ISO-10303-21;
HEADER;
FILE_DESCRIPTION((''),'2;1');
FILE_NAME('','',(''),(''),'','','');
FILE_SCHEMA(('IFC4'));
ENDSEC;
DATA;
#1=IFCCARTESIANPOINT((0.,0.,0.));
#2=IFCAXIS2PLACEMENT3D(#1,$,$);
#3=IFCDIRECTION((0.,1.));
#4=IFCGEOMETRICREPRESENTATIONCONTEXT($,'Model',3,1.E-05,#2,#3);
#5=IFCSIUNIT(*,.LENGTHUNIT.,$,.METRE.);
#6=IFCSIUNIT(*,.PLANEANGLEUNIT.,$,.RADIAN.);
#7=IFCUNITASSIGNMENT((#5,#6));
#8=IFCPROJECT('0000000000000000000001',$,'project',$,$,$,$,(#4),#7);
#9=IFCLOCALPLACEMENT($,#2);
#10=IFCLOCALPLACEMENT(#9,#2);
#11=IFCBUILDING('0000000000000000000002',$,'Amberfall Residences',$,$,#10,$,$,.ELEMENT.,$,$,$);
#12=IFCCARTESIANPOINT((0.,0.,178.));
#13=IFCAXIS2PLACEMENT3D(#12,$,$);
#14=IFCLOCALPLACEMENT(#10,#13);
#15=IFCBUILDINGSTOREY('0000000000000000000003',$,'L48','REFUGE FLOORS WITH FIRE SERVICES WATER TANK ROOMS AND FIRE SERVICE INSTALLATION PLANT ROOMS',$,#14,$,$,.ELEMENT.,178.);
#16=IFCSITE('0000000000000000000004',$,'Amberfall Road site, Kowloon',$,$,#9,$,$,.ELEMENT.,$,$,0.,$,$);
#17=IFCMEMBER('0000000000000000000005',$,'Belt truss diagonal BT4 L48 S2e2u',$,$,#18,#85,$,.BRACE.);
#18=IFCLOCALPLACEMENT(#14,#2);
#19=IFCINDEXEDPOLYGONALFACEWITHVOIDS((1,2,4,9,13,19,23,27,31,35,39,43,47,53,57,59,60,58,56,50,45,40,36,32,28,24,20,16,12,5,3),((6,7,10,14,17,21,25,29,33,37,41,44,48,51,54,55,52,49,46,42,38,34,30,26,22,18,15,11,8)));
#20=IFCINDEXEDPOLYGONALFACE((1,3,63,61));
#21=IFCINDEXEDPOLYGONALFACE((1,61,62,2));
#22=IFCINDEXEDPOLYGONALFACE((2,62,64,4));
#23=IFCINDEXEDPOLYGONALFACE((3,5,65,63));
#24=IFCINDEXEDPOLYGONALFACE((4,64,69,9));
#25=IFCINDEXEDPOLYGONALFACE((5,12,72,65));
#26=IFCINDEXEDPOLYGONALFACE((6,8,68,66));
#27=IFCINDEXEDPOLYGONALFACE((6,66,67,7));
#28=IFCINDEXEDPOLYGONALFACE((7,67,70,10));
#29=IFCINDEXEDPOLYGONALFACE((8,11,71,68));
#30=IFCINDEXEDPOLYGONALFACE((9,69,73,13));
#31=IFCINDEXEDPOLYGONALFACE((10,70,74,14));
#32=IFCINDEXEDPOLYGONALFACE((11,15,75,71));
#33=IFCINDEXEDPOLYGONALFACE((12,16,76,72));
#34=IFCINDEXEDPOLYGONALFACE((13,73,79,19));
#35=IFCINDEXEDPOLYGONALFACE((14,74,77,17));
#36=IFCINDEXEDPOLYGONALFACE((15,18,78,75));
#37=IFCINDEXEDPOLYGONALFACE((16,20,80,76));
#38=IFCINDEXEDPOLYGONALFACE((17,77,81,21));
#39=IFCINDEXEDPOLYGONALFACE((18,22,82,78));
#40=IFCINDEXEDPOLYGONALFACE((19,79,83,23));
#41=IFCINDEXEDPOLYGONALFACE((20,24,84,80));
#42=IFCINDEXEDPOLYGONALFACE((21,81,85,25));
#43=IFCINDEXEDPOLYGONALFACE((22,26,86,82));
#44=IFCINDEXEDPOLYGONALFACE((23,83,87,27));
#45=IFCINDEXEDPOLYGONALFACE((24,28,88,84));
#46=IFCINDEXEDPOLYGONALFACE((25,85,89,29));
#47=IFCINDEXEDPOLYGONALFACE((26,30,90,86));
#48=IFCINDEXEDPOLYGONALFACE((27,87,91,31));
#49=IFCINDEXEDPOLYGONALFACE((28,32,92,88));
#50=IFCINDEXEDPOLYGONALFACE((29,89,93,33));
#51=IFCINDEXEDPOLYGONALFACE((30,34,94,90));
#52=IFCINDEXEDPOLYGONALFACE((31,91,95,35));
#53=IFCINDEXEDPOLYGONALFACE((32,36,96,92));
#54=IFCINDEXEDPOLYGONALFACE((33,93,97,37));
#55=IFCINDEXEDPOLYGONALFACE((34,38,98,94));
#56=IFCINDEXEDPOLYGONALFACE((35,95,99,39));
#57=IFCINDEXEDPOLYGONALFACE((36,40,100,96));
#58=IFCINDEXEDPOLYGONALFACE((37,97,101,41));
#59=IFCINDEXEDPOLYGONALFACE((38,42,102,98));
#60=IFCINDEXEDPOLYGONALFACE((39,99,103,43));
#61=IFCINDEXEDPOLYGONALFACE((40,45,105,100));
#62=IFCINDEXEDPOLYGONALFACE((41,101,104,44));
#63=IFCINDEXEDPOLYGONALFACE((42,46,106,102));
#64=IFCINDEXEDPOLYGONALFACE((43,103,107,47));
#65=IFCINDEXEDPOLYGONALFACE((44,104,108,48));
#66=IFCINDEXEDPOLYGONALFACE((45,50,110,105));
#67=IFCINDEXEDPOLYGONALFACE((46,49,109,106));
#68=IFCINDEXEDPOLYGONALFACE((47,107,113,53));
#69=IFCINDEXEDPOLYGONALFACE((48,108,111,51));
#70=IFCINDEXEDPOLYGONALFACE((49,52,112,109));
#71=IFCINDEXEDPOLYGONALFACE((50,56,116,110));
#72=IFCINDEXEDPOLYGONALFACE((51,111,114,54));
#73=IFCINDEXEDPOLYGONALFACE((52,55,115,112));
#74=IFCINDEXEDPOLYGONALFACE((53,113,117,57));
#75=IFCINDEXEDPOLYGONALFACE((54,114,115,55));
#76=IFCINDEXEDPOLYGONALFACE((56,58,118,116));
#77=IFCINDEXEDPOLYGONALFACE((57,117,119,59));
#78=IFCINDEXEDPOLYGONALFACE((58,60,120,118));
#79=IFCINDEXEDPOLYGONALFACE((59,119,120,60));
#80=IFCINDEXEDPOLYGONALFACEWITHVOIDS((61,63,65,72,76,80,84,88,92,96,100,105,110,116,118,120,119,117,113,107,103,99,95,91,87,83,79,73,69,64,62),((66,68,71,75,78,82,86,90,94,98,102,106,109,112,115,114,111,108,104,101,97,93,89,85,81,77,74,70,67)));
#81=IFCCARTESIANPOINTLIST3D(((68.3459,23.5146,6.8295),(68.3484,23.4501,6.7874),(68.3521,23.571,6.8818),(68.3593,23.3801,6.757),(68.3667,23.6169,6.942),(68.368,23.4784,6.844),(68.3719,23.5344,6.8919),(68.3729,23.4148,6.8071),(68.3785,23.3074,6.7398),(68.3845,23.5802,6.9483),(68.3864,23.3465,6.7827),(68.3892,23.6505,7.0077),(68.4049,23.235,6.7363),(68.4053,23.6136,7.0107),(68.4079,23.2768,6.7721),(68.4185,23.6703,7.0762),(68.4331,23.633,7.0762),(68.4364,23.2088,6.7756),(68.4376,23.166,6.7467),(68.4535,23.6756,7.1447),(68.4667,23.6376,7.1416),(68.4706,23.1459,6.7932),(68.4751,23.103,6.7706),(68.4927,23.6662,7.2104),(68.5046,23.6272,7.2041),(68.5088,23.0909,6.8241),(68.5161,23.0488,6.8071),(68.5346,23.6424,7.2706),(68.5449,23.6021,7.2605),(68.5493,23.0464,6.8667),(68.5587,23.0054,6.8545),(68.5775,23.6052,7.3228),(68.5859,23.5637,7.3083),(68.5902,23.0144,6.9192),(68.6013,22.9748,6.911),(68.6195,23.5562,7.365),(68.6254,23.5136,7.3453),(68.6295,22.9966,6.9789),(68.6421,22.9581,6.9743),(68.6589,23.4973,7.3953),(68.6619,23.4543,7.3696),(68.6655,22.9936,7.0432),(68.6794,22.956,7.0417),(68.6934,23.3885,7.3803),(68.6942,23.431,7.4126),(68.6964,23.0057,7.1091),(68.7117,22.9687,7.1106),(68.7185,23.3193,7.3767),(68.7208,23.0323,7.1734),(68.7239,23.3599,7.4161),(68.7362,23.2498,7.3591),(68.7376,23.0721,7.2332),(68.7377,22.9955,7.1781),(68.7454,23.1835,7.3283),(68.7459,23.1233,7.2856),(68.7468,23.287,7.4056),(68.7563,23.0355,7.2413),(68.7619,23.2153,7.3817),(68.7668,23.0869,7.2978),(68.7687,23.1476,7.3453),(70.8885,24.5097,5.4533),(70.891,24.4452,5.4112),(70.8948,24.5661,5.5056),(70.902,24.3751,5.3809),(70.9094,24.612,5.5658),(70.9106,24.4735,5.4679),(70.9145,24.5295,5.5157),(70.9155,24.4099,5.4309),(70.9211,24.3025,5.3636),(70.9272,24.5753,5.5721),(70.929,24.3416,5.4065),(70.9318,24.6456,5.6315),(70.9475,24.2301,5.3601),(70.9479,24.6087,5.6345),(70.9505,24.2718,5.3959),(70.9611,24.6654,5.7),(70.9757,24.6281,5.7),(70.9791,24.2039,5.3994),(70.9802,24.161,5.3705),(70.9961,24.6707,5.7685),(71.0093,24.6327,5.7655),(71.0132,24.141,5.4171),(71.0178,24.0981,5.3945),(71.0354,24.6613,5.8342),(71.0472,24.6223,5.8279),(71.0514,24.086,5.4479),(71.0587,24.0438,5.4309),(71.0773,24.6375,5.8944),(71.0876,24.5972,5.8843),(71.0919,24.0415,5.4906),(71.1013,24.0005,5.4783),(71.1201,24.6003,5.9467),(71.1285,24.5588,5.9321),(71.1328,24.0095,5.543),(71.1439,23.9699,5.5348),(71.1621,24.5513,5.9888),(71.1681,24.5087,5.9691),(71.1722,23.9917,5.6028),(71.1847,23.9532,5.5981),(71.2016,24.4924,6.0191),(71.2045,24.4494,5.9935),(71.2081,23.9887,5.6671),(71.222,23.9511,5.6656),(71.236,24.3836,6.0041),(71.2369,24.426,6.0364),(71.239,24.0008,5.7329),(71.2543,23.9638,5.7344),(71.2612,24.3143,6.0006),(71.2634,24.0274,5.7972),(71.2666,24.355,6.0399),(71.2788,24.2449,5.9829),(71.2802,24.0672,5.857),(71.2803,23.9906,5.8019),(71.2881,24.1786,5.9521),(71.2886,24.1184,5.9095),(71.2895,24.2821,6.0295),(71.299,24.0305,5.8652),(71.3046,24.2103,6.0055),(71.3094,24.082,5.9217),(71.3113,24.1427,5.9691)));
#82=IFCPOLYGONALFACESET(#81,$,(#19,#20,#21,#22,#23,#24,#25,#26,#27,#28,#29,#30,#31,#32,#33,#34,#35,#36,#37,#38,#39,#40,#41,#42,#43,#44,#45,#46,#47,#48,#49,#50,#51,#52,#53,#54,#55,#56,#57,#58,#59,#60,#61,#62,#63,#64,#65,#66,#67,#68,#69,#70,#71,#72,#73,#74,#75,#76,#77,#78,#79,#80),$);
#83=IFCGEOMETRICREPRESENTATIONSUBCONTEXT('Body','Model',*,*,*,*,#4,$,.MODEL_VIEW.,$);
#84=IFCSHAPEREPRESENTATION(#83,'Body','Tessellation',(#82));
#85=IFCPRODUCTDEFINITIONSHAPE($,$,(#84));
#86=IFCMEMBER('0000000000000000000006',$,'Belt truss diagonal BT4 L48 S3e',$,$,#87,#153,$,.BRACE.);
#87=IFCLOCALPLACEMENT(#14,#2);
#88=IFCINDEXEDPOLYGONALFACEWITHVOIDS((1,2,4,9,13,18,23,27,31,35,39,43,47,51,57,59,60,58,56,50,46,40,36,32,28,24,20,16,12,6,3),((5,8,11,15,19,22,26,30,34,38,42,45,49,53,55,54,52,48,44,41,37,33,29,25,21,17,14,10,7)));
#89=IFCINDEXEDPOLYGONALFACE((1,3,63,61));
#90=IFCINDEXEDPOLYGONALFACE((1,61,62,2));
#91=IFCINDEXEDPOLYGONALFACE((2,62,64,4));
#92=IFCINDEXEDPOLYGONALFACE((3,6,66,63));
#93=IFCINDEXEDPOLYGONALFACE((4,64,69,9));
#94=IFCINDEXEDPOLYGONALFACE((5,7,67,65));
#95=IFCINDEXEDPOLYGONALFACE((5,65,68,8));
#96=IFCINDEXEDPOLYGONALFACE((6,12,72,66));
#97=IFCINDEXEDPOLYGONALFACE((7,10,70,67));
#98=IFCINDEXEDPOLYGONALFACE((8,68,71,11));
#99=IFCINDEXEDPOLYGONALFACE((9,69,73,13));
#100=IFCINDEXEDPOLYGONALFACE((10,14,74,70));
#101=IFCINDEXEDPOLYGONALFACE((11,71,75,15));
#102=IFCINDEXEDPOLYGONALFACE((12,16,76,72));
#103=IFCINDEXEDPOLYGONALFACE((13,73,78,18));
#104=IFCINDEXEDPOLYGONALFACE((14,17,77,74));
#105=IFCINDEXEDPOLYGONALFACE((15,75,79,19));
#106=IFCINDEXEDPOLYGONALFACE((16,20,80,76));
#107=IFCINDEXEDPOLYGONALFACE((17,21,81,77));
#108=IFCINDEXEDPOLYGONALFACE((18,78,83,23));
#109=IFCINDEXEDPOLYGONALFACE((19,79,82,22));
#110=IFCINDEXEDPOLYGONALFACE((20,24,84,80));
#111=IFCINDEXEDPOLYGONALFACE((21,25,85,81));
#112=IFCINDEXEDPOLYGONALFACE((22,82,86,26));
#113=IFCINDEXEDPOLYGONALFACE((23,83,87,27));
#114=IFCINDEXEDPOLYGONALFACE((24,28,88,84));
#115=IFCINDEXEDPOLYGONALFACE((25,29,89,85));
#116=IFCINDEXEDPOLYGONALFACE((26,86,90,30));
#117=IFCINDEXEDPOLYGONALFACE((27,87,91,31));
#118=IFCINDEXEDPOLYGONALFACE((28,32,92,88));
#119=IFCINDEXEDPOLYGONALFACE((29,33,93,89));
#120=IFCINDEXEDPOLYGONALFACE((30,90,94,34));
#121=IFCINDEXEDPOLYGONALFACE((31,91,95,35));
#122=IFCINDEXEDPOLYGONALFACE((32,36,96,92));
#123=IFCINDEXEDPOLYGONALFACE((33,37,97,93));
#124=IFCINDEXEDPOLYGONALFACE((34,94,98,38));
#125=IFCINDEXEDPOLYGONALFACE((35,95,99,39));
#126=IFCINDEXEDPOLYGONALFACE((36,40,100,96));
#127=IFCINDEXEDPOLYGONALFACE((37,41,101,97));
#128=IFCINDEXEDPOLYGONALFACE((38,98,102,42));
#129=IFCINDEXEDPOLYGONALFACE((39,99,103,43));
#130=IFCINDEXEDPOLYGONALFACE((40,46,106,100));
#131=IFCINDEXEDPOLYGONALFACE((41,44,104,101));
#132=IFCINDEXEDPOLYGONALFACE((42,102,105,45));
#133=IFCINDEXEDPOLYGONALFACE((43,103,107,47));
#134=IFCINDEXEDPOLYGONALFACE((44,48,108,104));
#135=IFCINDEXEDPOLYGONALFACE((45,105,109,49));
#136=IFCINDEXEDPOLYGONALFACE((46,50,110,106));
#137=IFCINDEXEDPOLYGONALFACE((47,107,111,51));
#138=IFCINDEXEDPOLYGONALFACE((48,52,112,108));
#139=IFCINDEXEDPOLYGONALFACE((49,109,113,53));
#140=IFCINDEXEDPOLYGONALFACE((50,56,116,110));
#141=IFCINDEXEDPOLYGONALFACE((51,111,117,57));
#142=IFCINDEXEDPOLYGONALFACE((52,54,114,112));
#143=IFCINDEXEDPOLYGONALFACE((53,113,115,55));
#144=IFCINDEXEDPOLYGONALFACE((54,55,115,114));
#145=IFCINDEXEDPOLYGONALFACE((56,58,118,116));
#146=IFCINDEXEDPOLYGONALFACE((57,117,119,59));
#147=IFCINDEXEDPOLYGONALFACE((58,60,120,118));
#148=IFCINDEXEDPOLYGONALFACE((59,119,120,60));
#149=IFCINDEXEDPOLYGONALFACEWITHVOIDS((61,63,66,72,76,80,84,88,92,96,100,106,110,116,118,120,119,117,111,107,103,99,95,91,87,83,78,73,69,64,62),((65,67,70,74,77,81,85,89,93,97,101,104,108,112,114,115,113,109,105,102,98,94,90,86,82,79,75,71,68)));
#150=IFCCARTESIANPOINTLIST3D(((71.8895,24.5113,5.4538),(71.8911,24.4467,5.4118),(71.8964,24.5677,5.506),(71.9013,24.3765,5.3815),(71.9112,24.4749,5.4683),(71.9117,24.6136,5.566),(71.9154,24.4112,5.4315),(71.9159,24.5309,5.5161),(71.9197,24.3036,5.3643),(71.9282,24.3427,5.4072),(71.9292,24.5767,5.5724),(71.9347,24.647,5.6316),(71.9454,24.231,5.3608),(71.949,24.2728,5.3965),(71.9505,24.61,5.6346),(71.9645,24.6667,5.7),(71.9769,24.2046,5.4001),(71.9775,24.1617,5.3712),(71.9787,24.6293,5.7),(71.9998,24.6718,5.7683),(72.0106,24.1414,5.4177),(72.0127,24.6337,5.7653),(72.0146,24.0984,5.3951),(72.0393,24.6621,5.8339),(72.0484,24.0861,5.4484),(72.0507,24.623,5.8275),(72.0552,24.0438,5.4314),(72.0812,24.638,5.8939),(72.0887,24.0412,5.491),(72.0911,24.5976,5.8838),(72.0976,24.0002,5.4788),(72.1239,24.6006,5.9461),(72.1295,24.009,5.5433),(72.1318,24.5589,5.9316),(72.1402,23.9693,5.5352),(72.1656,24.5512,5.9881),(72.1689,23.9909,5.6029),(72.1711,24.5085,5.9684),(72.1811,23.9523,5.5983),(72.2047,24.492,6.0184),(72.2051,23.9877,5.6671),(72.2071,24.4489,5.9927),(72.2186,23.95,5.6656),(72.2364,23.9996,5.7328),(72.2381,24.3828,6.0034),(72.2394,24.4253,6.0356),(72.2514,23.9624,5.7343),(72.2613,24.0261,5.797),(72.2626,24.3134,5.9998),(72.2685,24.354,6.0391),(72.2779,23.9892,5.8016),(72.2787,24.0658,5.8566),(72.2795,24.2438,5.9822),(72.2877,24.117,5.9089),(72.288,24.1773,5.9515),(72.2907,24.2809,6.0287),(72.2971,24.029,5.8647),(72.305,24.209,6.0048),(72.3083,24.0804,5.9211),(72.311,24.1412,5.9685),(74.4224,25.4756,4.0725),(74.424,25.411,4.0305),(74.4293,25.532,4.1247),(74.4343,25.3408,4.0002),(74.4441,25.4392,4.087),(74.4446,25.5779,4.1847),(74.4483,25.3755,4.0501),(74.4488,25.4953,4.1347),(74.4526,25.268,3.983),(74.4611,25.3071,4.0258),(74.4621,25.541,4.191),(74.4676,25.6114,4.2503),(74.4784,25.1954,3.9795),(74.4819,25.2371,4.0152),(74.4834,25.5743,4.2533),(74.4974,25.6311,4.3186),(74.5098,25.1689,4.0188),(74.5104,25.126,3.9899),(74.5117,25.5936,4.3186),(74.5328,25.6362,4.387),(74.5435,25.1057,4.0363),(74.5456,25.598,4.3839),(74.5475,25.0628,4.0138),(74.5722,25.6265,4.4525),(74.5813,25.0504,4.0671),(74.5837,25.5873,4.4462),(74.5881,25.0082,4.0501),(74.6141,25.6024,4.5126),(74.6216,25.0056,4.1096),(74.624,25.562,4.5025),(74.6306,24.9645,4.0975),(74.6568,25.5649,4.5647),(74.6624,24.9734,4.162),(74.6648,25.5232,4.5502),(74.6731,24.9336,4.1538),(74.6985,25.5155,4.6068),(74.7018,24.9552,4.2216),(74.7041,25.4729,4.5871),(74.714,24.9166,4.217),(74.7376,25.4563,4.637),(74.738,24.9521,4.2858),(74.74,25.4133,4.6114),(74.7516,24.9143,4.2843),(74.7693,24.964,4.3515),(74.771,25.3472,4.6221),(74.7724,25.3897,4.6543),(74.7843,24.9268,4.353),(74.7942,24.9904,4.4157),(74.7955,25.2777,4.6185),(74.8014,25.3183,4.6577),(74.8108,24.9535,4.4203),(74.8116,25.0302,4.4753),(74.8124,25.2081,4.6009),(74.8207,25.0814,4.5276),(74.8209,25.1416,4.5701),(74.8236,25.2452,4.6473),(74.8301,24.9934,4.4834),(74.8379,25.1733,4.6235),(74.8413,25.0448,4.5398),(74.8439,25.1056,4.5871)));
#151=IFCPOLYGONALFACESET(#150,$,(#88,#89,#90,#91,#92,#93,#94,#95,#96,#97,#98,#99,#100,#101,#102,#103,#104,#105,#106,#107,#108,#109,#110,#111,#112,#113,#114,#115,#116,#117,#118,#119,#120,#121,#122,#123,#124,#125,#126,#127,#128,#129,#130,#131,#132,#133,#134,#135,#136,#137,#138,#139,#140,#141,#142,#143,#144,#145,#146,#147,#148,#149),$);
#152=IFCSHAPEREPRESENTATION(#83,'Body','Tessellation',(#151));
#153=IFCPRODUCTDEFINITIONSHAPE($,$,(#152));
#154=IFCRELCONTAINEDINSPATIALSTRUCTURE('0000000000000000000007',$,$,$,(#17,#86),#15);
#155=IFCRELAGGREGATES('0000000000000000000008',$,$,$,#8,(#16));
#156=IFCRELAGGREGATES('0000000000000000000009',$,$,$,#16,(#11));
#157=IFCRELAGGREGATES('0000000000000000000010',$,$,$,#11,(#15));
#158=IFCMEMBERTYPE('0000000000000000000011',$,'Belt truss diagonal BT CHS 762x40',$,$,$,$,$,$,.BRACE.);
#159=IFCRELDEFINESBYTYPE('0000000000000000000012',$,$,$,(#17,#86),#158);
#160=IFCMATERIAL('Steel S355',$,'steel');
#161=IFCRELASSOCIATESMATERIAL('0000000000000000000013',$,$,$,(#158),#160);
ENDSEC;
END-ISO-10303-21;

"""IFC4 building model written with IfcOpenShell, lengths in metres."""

from ifc_helpers import new_model, si_unit, direction, frame, origin, origin_2d, place, context, subcontext, project, spatial, hollow_circle, extrude, material, material_profile, profile_set, type_object, element, save


model = new_model("IFC4")

# Units and contexts
model_context = context("Model", 3, precision=1e-05, world=origin(), true_north=direction((0.0, 1.0)))
body_context = subcontext(model_context, "Body", "Model", "MODEL_VIEW")
ifc_project = project(units=[si_unit("LENGTHUNIT", "METRE"), si_unit("PLANEANGLEUNIT", "RADIAN")], contexts=[model_context])

# Site, building, storey
site_placement = place(None, origin())
site = spatial("IfcSite", under=ifc_project, at=site_placement, Name="Amberfall Road site, Kowloon", CompositionType="ELEMENT", RefElevation=0.0)
building_placement = place(site_placement, origin())
building = spatial("IfcBuilding", under=site, at=building_placement, Name="Amberfall Residences", CompositionType="ELEMENT")
storey_placement = place(building_placement, frame((0.0, 0.0, 178.0)))
storey = spatial("IfcBuildingStorey", under=building, at=storey_placement, Name="L48", Description="REFUGE FLOORS WITH FIRE SERVICES WATER TANK ROOMS AND FIRE SERVICE INSTALLATION PLANT ROOMS", CompositionType="ELEMENT", Elevation=178.0)

# Shared definitions
ifc_material_1 = material(Name="Steel S355", Category="steel")

# Members
ifc_material_profile_1 = material_profile(ifc_material_1, hollow_circle(Radius=0.3811, WallThickness=0.04, at=origin_2d()), Name="CHS 762x40")
ifc_profile_set_1 = profile_set([ifc_material_profile_1], Name="Steel S355")
member_type_1 = type_object("IfcMemberType", Name="Belt truss diagonal BT CHS 762x40", PredefinedType="BRACE", material=ifc_profile_set_1)
member_1_placement = place(storey_placement, frame((68.5574, 23.3154, 7.0762), z_axis=(0.831574, 0.325444, -0.45008), x_axis=(-0.364443, 0.931226, 0.0)))
element("IfcMember", 1, at=member_1_placement, inside=storey, type_object=member_type_1, Name="Belt truss diagonal BT4 L48 S2e2u", PredefinedType="BRACE", context=body_context, shape_type="SweptSolid", body=[
    extrude(hollow_circle(Radius=0.3811, WallThickness=0.04, at=origin_2d()), origin(), (0.0, 0.0, 1.0), 3.0576),
])
member_2_placement = place(storey_placement, frame((72.1001, 24.3105, 5.7), z_axis=(0.832652, 0.31701, -0.454087), x_axis=(-0.355808, 0.934559, 0.0)))
element("IfcMember", 2, at=member_2_placement, inside=storey, type_object=member_type_1, Name="Belt truss diagonal BT4 L48 S3e", PredefinedType="BRACE", context=body_context, shape_type="SweptSolid", body=[
    extrude(hollow_circle(Radius=0.3811, WallThickness=0.04, at=origin_2d()), origin(), (0.0, 0.0, 1.0), 3.042),
])

save(model, "model.ifc")
